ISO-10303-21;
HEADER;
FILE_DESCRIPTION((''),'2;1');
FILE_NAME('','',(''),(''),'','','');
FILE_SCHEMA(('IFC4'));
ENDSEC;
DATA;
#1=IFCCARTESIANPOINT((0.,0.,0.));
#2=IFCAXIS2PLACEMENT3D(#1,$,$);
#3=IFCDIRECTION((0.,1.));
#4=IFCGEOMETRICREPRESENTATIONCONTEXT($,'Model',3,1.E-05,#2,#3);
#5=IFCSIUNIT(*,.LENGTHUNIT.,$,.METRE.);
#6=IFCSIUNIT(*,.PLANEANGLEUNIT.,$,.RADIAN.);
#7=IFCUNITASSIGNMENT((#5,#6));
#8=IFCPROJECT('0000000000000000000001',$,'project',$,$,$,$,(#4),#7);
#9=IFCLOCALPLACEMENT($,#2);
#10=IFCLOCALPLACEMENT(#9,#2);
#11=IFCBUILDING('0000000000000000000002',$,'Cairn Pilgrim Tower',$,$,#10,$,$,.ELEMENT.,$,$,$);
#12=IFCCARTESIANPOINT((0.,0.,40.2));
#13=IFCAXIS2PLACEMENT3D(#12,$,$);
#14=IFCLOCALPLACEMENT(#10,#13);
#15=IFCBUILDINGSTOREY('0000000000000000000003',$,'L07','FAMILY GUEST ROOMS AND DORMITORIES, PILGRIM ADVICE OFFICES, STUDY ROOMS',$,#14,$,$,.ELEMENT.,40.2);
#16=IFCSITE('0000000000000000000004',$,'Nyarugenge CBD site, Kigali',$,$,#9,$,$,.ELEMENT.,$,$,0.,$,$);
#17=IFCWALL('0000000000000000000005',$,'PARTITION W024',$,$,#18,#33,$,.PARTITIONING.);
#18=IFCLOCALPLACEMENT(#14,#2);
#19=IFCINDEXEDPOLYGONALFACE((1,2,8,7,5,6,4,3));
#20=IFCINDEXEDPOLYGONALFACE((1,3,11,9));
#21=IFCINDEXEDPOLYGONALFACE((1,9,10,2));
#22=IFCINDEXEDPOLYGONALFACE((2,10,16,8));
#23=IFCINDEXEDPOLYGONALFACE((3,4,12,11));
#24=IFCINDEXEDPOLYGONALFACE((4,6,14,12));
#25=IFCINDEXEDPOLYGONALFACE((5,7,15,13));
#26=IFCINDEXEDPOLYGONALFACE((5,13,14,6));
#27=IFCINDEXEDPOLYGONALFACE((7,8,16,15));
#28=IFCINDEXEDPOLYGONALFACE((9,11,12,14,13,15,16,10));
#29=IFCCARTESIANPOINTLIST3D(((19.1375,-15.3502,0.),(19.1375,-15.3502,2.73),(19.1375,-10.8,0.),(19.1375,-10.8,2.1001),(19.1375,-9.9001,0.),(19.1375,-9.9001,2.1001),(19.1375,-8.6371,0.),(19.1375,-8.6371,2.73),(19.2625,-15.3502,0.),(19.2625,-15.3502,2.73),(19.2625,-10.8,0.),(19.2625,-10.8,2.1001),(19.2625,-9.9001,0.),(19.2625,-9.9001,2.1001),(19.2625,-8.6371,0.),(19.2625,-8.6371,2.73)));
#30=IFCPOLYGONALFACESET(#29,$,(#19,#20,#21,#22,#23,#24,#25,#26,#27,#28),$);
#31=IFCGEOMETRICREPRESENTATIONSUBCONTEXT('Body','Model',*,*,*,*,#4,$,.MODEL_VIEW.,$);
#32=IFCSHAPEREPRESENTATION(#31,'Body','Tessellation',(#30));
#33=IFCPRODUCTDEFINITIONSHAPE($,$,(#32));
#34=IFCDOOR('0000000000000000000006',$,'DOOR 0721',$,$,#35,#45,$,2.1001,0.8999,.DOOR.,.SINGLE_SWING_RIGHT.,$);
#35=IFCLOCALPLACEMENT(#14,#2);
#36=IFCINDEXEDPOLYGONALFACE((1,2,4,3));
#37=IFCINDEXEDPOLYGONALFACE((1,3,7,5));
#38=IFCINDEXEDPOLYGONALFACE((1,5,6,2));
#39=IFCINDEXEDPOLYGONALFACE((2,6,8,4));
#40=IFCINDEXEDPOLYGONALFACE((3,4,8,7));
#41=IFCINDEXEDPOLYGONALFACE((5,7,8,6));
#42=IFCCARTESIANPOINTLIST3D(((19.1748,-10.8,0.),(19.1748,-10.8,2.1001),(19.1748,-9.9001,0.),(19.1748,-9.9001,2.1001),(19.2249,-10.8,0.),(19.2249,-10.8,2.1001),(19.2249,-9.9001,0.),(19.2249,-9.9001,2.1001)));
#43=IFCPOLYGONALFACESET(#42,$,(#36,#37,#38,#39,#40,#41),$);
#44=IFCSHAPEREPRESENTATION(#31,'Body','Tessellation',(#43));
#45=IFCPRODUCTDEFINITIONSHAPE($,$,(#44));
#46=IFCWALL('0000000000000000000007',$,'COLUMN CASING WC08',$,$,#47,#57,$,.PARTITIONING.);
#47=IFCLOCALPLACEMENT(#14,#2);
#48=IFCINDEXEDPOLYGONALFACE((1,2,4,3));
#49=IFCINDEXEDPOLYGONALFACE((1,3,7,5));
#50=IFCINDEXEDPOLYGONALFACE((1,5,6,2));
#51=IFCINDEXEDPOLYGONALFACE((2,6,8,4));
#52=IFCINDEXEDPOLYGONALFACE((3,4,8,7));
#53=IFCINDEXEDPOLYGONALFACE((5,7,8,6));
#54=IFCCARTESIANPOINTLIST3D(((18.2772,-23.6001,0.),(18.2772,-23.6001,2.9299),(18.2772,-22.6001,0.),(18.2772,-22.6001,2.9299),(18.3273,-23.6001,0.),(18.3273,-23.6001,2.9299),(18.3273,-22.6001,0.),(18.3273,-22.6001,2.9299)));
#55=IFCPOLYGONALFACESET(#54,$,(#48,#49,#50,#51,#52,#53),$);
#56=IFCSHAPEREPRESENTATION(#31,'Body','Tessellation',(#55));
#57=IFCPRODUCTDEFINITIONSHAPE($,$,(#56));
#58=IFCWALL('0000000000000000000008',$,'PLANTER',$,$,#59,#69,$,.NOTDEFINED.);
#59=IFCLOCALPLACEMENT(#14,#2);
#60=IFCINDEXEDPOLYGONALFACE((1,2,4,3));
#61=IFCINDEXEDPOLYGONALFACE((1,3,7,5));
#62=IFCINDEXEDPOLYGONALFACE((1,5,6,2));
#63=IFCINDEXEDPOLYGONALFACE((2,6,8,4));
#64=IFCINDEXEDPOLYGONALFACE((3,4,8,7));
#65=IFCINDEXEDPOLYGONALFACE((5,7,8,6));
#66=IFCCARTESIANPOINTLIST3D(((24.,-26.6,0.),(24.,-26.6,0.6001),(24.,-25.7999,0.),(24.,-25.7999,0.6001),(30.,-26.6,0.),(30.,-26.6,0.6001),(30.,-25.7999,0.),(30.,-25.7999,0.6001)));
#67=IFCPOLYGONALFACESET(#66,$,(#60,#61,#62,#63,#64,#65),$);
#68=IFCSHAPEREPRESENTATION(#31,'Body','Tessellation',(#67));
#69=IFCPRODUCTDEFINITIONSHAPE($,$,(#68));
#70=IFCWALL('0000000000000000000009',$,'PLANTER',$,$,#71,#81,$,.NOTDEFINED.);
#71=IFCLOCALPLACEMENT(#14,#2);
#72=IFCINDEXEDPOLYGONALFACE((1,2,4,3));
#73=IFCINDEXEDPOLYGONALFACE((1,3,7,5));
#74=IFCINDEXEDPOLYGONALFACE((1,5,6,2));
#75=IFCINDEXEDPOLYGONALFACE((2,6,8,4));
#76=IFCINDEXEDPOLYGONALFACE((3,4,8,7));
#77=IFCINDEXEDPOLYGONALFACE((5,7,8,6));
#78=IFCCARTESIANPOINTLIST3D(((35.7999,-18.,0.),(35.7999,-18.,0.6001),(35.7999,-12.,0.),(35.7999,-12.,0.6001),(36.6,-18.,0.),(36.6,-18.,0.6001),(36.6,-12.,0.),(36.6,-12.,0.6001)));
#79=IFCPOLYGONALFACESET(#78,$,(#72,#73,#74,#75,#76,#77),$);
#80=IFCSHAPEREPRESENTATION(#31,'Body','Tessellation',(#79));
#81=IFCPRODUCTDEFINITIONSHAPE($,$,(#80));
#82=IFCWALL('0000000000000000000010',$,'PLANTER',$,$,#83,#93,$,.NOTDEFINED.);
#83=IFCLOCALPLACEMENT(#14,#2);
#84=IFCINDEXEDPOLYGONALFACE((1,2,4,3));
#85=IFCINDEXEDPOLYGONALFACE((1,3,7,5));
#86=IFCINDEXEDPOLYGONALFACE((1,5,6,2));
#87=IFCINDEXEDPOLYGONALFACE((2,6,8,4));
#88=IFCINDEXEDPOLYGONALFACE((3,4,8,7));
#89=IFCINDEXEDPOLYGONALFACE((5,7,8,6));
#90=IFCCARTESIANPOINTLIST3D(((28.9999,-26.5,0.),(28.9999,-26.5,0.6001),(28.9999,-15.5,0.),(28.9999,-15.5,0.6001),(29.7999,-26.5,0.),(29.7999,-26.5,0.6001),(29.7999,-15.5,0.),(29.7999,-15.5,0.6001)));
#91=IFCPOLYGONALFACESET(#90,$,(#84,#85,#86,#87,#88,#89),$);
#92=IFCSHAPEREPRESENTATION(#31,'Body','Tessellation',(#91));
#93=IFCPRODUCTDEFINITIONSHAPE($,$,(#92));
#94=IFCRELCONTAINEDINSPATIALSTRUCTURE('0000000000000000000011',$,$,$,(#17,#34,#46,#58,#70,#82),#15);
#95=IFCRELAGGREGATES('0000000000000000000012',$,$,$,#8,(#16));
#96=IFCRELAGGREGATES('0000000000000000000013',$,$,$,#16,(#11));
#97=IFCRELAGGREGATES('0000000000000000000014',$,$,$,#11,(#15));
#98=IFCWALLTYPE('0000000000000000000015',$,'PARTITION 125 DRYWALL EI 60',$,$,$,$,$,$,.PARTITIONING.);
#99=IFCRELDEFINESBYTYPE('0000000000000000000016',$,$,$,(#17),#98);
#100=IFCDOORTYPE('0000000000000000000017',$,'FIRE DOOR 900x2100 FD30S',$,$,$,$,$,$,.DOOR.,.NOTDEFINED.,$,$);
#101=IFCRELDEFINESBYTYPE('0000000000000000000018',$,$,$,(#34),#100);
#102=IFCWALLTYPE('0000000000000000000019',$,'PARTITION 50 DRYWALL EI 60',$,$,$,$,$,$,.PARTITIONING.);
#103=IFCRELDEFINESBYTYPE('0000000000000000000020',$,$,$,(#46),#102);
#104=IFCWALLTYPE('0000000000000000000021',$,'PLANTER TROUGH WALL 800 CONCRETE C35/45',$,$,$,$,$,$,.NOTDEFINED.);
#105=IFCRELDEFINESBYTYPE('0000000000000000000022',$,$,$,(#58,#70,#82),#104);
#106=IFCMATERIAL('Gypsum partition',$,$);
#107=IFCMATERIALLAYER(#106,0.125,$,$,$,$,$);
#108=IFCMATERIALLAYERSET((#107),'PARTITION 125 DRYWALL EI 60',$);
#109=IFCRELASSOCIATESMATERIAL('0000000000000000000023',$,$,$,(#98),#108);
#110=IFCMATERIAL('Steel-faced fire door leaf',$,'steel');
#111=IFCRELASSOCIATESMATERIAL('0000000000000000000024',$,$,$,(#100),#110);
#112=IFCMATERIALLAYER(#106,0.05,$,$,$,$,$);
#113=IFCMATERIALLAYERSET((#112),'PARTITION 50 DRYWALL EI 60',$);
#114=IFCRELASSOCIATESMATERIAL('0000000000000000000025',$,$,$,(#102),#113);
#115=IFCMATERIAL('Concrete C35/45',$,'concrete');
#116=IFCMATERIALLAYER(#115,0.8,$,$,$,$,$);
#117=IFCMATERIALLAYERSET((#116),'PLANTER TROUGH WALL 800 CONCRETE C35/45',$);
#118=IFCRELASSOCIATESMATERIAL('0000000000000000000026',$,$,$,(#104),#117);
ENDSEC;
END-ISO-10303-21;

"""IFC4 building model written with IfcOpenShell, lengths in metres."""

from ifc_helpers import new_model, si_unit, direction, frame, frame_2d, origin, place, context, subcontext, project, spatial, rectangle, extrude, material, layer, layer_set, type_object, element, fill, save


model = new_model("IFC4")

# Units and contexts
model_context = context("Model", 3, precision=1e-05, world=origin(), true_north=direction((0.0, 1.0)))
body_context = subcontext(model_context, "Body", "Model", "MODEL_VIEW")
ifc_project = project(units=[si_unit("LENGTHUNIT", "METRE"), si_unit("PLANEANGLEUNIT", "RADIAN")], contexts=[model_context])

# Site, building, storey
site_placement = place(None, origin())
site = spatial("IfcSite", under=ifc_project, at=site_placement, Name="Nyarugenge CBD site, Kigali", CompositionType="ELEMENT", RefElevation=0.0)
building_placement = place(site_placement, origin())
building = spatial("IfcBuilding", under=site, at=building_placement, Name="Cairn Pilgrim Tower", CompositionType="ELEMENT")
storey_placement = place(building_placement, frame((0.0, 0.0, 40.2)))
storey = spatial("IfcBuildingStorey", under=building, at=storey_placement, Name="L07", Description="FAMILY GUEST ROOMS AND DORMITORIES, PILGRIM ADVICE OFFICES, STUDY ROOMS", CompositionType="ELEMENT", Elevation=40.2)

# Shared definitions
ifc_material_1 = material(Name="Gypsum partition")
ifc_layer_1 = layer(ifc_material_1, 0.125)
ifc_layer_set_1 = layer_set([ifc_layer_1], Name="PARTITION 125 DRYWALL EI 60")
wall_type_1 = type_object("IfcWallType", Name="PARTITION 125 DRYWALL EI 60", PredefinedType="PARTITIONING", material=ifc_layer_set_1)

# Wall, opening, door
wall_1_placement = place(storey_placement, frame((19.2, -15.3501, 0.0), z_axis=(0.0, 0.0, 1.0), x_axis=(0.0, 1.0, 0.0)))
wall_1 = element("IfcWall", 1, at=wall_1_placement, inside=storey, type_object=wall_type_1, Name="PARTITION W024", PredefinedType="PARTITIONING", context=body_context, shape_type="SweptSolid", body=[
    extrude(rectangle(XDim=6.7131, YDim=0.125, at=frame_2d((3.3564, 0.0))), origin(), (0.0, 0.0, 1.0), 2.73),
])
opening_placement = place(wall_1_placement, frame((4.55, 0.0, 0.0)))
opening = element("IfcOpeningElement", 2, at=opening_placement, cuts=wall_1, PredefinedType="OPENING", context=body_context, shape_type="SweptSolid", body=[
    extrude(rectangle(XDim=0.8999, YDim=2.1001, at=frame_2d((0.45, 1.05))), frame((0.0, 0.0725, 0.0), z_axis=(0.0, -1.0, 0.0), x_axis=(1.0, 0.0, 0.0)), (0.0, 0.0, 1.0), 0.145),
])
ifc_material_2 = material(Name="Steel-faced fire door leaf", Category="steel")
door_type = type_object("IfcDoorType", Name="FIRE DOOR 900x2100 FD30S", OperationType="NOTDEFINED", PredefinedType="DOOR", material=ifc_material_2)
door_placement = place(opening_placement, frame((0.8999, 0.0, 0.0), z_axis=(0.0, 0.0, 1.0), x_axis=(-1.0, 0.0, 0.0)))
door = element("IfcDoor", 3, at=door_placement, inside=storey, type_object=door_type, Name="DOOR 0721", OperationType="SINGLE_SWING_RIGHT", OverallHeight=2.1001, OverallWidth=0.8999, PredefinedType="DOOR", context=body_context, shape_type="SweptSolid", body=[
    extrude(rectangle(XDim=0.8999, YDim=2.1001, at=frame_2d((0.45, 1.05))), frame((0.0, 0.0249, 0.0), z_axis=(0.0, -1.0, 0.0), x_axis=(1.0, 0.0, 0.0)), (0.0, 0.0, 1.0), 0.05),
])
fill(opening, door)

# Walls
ifc_layer_2 = layer(ifc_material_1, 0.05)
ifc_layer_set_2 = layer_set([ifc_layer_2], Name="PARTITION 50 DRYWALL EI 60")
wall_type_2 = type_object("IfcWallType", Name="PARTITION 50 DRYWALL EI 60", PredefinedType="PARTITIONING", material=ifc_layer_set_2)
wall_2_placement = place(storey_placement, frame((18.3022, -23.6001, 0.0), z_axis=(0.0, 0.0, 1.0), x_axis=(0.0, 1.0, 0.0)))
element("IfcWall", 4, at=wall_2_placement, inside=storey, type_object=wall_type_2, Name="COLUMN CASING WC08", PredefinedType="PARTITIONING", context=body_context, shape_type="SweptSolid", body=[
    extrude(rectangle(XDim=1.0, YDim=0.05, at=frame_2d((0.5, 0.0))), origin(), (0.0, 0.0, 1.0), 2.9299),
])
ifc_material_3 = material(Name="Concrete C35/45", Category="concrete")
ifc_layer_3 = layer(ifc_material_3, 0.8)
ifc_layer_set_3 = layer_set([ifc_layer_3], Name="PLANTER TROUGH WALL 800 CONCRETE C35/45")
wall_type_3 = type_object("IfcWallType", Name="PLANTER TROUGH WALL 800 CONCRETE C35/45", PredefinedType="NOTDEFINED", material=ifc_layer_set_3)
for number, where, z_axis, x_axis, name in (
    (5, (24.0, -26.2, 0.0), (0.0, 0.0, 1.0), (1.0, 0.0, 0.0), "PLANTER"),
    (6, (36.2, -18.0, 0.0), (0.0, 0.0, 1.0), (0.0, 1.0, 0.0), "PLANTER"),
):
    element("IfcWall", number, at=place(storey_placement, frame(where, z_axis=z_axis, x_axis=x_axis)), inside=storey, type_object=wall_type_3, Name=name, PredefinedType="NOTDEFINED", context=body_context, shape_type="SweptSolid", body=[
        extrude(rectangle(XDim=6.0, YDim=0.8, at=frame_2d((3.0, 0.0))), origin(), (0.0, 0.0, 1.0), 0.6001),
    ])
wall_3_placement = place(storey_placement, frame((29.3999, -26.5, 0.0), z_axis=(0.0, 0.0, 1.0), x_axis=(0.0, 1.0, 0.0)))
element("IfcWall", 7, at=wall_3_placement, inside=storey, type_object=wall_type_3, Name="PLANTER", PredefinedType="NOTDEFINED", context=body_context, shape_type="SweptSolid", body=[
    extrude(rectangle(XDim=11.0, YDim=0.8, at=frame_2d((5.5, 0.0))), origin(), (0.0, 0.0, 1.0), 0.6001),
])

save(model, "model.ifc")
